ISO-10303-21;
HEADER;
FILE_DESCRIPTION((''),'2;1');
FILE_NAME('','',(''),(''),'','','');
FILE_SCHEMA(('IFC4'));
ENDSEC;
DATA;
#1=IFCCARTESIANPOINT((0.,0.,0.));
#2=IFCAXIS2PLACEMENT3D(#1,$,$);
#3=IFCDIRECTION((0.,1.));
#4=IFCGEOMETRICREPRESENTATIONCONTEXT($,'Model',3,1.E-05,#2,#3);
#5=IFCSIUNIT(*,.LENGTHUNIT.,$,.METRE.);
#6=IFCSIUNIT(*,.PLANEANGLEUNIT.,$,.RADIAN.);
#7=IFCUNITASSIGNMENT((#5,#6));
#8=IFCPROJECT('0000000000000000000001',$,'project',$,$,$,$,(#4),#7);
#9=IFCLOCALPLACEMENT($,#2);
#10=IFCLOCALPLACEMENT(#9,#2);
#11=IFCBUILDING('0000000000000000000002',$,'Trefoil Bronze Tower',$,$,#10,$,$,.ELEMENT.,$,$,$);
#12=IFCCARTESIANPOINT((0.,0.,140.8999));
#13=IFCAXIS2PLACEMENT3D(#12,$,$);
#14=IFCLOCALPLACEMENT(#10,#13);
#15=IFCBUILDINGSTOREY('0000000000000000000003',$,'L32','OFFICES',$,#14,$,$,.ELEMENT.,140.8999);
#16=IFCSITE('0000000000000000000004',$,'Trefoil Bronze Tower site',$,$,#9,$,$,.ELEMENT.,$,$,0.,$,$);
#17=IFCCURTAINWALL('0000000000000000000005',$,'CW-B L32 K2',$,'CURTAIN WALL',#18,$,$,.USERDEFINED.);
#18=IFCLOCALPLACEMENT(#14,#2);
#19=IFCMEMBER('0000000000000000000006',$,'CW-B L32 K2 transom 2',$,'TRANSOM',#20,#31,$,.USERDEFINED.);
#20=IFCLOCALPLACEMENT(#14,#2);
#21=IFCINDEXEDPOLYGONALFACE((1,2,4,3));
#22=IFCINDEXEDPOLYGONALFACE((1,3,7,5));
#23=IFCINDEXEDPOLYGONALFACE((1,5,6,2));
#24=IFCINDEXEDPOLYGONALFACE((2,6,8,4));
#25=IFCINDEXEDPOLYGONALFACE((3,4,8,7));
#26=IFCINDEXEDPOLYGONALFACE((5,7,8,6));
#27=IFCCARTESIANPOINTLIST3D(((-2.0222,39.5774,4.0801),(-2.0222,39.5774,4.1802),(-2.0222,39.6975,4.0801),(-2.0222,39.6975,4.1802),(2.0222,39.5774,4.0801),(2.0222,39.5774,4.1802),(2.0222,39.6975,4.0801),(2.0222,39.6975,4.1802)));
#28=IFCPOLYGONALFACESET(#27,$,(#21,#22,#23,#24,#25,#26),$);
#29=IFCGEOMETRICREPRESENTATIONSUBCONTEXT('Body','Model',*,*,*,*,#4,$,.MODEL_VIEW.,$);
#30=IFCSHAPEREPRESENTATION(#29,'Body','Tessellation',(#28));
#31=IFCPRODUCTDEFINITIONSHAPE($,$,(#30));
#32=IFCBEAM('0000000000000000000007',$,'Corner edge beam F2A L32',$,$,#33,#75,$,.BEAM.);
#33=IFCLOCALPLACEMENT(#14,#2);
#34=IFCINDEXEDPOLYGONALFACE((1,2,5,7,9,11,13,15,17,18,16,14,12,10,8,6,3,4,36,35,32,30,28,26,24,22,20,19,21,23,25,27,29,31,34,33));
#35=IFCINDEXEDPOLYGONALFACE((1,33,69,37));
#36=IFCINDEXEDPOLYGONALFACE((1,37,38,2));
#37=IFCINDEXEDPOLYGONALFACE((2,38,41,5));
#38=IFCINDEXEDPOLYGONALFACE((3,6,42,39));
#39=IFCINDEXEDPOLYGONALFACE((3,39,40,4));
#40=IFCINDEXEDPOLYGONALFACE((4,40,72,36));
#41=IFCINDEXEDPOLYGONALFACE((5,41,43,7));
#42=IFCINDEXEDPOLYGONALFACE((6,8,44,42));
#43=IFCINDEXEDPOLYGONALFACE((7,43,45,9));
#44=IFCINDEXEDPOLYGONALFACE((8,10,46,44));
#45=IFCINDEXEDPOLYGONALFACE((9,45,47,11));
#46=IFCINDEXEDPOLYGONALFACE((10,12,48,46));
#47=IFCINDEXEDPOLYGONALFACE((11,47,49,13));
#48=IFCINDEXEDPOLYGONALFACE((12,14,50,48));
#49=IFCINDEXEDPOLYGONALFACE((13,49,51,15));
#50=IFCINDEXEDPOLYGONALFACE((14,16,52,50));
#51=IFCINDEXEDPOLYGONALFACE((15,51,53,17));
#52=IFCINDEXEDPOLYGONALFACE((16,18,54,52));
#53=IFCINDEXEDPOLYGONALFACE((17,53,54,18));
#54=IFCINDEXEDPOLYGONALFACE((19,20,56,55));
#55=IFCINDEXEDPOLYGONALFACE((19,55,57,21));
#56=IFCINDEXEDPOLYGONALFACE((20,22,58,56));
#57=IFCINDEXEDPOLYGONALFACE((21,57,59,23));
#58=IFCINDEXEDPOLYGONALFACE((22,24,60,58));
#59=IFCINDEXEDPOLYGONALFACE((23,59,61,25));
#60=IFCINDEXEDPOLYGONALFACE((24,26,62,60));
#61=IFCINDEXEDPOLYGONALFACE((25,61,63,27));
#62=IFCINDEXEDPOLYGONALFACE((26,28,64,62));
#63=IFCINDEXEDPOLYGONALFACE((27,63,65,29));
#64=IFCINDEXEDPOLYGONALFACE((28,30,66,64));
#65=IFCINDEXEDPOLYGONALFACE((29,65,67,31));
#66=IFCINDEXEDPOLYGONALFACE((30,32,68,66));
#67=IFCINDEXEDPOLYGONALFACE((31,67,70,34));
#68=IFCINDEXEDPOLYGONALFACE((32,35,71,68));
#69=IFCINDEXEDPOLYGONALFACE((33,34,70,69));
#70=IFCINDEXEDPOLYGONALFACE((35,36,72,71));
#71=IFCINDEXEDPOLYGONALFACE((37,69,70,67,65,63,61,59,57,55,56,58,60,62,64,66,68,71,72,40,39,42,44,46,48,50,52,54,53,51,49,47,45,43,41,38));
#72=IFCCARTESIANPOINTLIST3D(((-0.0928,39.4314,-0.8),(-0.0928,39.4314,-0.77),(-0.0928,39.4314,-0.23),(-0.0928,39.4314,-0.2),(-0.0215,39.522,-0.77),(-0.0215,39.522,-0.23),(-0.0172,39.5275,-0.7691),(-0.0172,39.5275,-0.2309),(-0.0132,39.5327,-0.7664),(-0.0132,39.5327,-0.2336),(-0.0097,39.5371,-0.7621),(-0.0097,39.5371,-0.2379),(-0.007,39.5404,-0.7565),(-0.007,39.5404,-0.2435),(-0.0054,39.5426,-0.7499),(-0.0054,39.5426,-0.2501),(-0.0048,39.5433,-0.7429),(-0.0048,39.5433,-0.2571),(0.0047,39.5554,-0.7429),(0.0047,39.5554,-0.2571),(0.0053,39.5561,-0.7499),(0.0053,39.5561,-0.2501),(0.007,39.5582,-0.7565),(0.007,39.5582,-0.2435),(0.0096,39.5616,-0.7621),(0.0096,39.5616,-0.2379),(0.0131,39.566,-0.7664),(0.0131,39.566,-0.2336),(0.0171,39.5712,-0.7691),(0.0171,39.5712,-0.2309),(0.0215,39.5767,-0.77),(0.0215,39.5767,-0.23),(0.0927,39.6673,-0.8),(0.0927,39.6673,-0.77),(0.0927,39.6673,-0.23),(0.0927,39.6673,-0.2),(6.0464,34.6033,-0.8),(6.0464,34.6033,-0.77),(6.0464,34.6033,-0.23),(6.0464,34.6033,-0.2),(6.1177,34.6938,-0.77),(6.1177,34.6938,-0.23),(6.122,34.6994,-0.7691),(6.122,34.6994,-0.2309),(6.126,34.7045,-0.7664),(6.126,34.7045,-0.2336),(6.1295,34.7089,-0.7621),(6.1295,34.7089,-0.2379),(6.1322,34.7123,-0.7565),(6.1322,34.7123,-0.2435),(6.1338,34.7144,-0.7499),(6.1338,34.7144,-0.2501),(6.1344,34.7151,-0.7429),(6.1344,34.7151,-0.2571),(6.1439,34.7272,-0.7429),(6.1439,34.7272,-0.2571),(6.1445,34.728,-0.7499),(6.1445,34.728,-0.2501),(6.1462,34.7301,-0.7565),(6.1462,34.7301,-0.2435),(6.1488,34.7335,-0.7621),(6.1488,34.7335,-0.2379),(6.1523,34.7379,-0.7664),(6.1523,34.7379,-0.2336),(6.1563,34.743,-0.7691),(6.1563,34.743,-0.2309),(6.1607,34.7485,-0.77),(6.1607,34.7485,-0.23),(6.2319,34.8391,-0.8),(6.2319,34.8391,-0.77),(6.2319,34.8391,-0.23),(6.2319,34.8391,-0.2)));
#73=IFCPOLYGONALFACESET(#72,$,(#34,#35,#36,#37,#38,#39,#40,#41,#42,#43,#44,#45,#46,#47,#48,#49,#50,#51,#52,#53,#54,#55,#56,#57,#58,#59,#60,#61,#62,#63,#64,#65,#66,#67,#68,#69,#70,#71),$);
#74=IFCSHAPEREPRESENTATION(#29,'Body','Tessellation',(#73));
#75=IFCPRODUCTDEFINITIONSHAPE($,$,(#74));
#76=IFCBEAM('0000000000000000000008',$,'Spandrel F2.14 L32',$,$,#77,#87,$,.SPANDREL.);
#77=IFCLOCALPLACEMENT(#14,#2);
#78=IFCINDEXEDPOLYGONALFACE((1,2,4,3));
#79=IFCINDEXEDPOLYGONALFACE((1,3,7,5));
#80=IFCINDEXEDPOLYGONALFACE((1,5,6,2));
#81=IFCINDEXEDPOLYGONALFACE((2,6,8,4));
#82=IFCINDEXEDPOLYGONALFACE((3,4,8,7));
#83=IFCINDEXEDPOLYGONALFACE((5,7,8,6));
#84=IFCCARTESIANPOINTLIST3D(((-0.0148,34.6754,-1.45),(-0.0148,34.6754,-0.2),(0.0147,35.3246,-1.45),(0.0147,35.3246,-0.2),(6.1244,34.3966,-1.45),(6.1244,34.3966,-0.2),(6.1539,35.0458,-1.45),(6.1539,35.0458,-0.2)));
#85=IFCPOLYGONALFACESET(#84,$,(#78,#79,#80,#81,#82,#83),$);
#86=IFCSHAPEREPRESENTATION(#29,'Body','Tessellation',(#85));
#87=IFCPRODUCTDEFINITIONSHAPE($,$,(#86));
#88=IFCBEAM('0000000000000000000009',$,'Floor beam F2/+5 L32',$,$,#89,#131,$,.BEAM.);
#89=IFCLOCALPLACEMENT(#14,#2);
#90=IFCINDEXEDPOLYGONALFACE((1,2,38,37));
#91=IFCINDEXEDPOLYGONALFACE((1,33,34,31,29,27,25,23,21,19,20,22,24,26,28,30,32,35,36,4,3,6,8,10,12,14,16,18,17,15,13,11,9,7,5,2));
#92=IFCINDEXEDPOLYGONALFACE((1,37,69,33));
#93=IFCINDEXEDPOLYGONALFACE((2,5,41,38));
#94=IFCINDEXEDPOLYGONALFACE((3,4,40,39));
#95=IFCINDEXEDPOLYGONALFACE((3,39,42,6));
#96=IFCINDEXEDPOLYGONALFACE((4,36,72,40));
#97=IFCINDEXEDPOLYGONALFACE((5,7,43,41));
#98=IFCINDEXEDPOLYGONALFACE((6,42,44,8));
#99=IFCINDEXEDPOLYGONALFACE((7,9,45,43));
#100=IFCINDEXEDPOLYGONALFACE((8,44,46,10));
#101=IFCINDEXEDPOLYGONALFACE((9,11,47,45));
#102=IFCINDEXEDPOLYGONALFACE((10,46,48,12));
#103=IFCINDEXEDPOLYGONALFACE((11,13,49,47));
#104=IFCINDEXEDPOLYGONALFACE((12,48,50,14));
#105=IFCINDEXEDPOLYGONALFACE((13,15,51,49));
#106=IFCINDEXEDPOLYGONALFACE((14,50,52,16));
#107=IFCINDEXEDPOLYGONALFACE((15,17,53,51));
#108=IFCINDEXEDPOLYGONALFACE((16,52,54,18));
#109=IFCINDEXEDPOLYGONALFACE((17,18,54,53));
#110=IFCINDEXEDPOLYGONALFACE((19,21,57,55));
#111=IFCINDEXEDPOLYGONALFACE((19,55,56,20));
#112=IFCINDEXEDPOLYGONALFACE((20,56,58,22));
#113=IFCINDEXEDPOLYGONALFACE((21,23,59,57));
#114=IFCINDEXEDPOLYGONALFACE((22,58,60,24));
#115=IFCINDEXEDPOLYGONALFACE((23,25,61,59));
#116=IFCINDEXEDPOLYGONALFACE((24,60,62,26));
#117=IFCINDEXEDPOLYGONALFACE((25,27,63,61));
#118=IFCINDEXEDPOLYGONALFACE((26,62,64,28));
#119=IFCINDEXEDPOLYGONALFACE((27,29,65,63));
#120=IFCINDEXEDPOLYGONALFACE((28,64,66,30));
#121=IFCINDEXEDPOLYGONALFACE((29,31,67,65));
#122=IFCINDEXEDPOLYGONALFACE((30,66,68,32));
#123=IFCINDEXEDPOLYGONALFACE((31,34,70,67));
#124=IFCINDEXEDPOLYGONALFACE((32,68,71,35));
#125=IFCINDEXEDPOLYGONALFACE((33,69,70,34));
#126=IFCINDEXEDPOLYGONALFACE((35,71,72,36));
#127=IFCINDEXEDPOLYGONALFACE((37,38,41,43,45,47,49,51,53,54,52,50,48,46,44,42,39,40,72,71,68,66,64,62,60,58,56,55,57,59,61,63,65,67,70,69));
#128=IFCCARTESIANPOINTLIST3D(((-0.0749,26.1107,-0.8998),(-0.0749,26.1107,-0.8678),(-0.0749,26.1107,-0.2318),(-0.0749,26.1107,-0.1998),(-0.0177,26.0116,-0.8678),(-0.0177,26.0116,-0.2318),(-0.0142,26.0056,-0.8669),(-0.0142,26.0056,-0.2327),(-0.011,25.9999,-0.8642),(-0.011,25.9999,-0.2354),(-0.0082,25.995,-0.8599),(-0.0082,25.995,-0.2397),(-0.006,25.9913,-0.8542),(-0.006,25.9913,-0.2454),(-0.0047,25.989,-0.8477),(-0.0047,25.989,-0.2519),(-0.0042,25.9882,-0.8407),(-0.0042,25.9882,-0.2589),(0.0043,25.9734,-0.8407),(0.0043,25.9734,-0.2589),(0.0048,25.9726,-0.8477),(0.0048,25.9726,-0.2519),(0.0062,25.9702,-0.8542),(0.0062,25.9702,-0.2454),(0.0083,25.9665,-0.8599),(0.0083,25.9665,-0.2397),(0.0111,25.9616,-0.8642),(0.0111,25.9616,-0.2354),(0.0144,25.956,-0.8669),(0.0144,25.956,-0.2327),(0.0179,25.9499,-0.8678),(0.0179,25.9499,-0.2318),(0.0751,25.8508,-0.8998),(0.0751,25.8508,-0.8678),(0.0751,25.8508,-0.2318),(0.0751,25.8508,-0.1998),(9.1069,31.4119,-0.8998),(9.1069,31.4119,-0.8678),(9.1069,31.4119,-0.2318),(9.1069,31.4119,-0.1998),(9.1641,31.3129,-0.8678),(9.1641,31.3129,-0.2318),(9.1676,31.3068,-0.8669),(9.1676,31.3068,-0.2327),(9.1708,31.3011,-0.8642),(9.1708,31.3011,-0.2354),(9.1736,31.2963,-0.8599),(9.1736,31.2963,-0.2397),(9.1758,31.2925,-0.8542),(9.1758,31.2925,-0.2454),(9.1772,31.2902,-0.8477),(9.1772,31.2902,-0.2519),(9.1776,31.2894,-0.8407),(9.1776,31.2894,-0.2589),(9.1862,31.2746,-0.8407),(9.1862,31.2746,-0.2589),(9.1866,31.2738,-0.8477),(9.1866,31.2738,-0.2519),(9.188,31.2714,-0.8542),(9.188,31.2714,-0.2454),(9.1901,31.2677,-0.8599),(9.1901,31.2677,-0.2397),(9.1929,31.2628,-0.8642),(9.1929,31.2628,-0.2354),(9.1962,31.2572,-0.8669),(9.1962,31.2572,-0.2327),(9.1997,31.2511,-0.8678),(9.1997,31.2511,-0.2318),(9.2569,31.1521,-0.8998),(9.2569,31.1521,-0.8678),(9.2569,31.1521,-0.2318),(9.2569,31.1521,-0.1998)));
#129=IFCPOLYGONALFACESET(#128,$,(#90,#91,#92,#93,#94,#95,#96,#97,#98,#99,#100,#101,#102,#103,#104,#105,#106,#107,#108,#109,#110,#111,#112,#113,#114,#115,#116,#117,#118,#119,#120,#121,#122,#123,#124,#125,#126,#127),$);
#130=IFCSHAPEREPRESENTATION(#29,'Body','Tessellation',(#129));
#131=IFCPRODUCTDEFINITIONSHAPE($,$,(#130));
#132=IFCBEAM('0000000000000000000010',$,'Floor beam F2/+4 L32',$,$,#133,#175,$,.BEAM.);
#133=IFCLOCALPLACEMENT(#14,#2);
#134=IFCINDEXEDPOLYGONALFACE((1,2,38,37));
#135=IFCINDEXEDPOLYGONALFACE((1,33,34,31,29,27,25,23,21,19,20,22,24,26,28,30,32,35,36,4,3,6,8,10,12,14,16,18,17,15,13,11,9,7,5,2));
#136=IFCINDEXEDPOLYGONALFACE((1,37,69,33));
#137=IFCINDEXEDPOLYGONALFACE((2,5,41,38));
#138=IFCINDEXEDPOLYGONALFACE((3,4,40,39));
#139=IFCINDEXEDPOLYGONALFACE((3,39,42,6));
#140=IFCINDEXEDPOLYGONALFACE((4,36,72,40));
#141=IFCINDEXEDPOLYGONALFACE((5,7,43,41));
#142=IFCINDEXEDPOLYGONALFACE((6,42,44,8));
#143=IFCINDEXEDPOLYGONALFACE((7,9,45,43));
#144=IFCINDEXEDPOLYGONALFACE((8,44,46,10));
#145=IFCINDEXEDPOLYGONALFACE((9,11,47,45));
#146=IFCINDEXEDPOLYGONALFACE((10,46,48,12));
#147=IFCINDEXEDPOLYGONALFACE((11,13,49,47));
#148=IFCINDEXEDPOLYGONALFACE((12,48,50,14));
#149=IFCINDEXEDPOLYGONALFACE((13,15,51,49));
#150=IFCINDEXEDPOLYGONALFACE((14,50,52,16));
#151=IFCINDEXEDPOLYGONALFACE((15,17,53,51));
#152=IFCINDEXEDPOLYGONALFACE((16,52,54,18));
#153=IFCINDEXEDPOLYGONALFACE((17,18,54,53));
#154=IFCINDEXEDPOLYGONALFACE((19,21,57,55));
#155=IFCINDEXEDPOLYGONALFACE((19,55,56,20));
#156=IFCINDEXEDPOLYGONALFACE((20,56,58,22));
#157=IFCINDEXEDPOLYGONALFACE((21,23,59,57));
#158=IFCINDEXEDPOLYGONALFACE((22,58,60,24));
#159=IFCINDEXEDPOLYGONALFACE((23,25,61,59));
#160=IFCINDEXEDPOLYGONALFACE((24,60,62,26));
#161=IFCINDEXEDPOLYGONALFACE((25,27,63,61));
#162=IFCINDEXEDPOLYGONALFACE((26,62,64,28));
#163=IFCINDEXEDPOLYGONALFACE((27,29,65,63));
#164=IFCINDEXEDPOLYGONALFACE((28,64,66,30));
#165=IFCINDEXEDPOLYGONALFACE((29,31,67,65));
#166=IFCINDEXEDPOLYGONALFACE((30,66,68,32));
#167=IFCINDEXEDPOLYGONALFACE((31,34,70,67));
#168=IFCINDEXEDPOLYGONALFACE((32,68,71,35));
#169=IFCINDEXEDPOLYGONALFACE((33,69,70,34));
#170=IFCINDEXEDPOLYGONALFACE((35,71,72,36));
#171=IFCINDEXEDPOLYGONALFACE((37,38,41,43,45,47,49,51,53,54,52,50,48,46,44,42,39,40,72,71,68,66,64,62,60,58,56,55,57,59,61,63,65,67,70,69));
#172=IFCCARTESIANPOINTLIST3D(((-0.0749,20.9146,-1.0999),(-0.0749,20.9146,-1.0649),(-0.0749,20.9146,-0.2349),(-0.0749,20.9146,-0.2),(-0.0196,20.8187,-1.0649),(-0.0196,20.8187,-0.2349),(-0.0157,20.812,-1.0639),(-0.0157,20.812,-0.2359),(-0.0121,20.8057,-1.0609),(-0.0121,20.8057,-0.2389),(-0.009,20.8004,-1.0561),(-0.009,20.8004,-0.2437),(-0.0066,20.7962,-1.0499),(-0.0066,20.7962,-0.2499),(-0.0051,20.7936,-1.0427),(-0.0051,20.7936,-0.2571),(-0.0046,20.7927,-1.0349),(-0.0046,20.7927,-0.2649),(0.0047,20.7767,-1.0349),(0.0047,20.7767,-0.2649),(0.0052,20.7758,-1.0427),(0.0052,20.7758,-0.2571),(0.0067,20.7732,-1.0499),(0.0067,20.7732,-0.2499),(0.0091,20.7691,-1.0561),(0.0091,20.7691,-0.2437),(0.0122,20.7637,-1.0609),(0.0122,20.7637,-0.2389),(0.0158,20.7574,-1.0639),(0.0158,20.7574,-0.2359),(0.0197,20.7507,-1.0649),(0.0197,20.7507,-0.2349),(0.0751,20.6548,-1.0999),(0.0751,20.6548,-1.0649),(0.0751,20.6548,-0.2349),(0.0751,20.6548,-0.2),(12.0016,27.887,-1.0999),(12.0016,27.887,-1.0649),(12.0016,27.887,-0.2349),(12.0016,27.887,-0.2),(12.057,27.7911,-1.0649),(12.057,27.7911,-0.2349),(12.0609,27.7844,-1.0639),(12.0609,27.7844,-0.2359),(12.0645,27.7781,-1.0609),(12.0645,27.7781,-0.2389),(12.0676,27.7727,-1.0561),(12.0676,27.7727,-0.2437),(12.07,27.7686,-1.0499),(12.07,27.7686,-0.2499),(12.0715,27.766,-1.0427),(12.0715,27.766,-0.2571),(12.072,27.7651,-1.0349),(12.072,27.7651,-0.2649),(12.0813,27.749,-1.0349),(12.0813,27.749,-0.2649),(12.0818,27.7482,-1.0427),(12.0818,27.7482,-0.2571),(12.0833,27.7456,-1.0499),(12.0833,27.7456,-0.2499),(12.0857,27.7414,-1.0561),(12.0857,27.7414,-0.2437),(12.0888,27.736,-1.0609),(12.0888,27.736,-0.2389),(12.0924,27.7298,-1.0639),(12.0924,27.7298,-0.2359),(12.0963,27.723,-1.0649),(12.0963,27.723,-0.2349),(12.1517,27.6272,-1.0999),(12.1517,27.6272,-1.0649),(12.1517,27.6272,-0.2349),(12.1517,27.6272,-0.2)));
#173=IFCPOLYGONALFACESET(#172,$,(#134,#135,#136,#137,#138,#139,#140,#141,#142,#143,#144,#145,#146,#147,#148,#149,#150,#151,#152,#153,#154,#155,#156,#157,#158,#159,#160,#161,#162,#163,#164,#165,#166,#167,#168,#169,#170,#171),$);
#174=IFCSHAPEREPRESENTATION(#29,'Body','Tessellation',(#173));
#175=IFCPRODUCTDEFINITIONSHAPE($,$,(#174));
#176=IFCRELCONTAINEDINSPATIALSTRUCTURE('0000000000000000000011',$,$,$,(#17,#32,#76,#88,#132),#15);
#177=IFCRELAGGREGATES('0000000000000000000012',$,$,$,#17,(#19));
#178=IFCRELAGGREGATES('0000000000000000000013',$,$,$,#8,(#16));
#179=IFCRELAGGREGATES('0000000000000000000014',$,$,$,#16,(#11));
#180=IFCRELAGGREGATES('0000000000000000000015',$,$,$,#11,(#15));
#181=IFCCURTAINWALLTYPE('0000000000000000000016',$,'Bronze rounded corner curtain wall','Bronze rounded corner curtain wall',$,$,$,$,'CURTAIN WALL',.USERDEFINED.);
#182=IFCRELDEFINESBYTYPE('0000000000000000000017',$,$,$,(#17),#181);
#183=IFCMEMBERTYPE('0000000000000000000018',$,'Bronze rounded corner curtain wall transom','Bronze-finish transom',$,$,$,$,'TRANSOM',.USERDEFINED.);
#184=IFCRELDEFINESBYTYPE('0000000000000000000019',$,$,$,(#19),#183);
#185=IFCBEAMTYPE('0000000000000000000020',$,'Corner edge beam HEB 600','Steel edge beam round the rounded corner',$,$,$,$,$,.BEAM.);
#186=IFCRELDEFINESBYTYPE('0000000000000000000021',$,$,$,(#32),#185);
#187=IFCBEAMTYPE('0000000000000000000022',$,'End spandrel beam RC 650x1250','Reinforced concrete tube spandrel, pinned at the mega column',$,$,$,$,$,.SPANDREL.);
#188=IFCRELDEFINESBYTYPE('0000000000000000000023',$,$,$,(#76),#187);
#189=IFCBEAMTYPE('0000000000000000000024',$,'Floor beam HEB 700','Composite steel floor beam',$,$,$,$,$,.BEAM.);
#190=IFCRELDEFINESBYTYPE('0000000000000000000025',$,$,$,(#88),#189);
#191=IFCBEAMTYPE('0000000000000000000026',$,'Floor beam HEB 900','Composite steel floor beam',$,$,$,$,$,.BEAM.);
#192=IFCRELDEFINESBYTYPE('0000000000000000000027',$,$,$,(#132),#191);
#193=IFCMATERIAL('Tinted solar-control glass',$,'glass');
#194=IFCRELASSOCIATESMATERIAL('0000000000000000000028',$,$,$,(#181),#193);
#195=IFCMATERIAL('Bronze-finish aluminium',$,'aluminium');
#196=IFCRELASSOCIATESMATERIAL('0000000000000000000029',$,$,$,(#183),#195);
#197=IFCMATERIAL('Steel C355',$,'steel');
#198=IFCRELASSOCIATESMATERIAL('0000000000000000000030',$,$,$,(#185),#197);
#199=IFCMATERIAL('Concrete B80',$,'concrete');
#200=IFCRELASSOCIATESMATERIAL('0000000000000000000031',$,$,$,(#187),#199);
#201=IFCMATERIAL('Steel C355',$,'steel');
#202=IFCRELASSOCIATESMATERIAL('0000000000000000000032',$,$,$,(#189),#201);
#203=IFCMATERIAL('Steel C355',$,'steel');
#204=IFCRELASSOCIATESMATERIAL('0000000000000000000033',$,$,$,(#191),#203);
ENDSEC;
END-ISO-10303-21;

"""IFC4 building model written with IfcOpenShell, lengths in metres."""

from ifc_helpers import new_model, si_unit, direction, frame, origin, origin_2d, place, context, subcontext, project, spatial, rectangle, i_section, extrude, material, material_profile, profile_set, type_object, element, aggregate, save


model = new_model("IFC4")

# Units and contexts
model_context = context("Model", 3, precision=1e-05, world=origin(), true_north=direction((0.0, 1.0)))
body_context = subcontext(model_context, "Body", "Model", "MODEL_VIEW")
ifc_project = project(units=[si_unit("LENGTHUNIT", "METRE"), si_unit("PLANEANGLEUNIT", "RADIAN")], contexts=[model_context])

# Site, building, storey
site_placement = place(None, origin())
site = spatial("IfcSite", under=ifc_project, at=site_placement, Name="Trefoil Bronze Tower site", CompositionType="ELEMENT", RefElevation=0.0)
building_placement = place(site_placement, origin())
building = spatial("IfcBuilding", under=site, at=building_placement, Name="Trefoil Bronze Tower", CompositionType="ELEMENT")
storey_placement = place(building_placement, frame((0.0, 0.0, 140.8999)))
storey = spatial("IfcBuildingStorey", under=building, at=storey_placement, Name="L32", Description="OFFICES", CompositionType="ELEMENT", Elevation=140.8999)

# Curtain wall, member
ifc_material_1 = material(Name="Tinted solar-control glass", Category="glass")
curtain_wall_type_1 = type_object("IfcCurtainWallType", Name="Bronze rounded corner curtain wall", Description="Bronze rounded corner curtain wall", ElementType="CURTAIN WALL", PredefinedType="USERDEFINED", material=ifc_material_1)
curtain_wall_1_placement = place(storey_placement, origin())
curtain_wall_1 = element("IfcCurtainWall", 1, at=curtain_wall_1_placement, inside=storey, type_object=curtain_wall_type_1, Name="CW-B L32 K2", ObjectType="CURTAIN WALL", PredefinedType="USERDEFINED")
ifc_material_2 = material(Name="Bronze-finish aluminium", Category="aluminium")
ifc_material_profile_1 = material_profile(ifc_material_2, rectangle(XDim=0.1201, YDim=0.1001, at=origin_2d()), Name="CW-B transom")
ifc_profile_set_1 = profile_set([ifc_material_profile_1], Name="Bronze-finish aluminium")
member_type_1 = type_object("IfcMemberType", Name="Bronze rounded corner curtain wall transom", Description="Bronze-finish transom", ElementType="TRANSOM", PredefinedType="USERDEFINED", material=ifc_profile_set_1)
member_1_placement = place(storey_placement, frame((2.0222, 39.6375, 4.1301), z_axis=(-1.0, 0.0, 0.0), x_axis=(0.0, -1.0, 0.0)))
member_1 = element("IfcMember", 2, at=member_1_placement, type_object=member_type_1, Name="CW-B L32 K2 transom 2", ObjectType="TRANSOM", PredefinedType="USERDEFINED", context=body_context, shape_type="SweptSolid", body=[
    extrude(rectangle(XDim=0.1201, YDim=0.1001, at=origin_2d()), origin(), (0.0, 0.0, 1.0), 4.0444),
])

# Beams
ifc_material_3 = material(Name="Steel C355", Category="steel")
ifc_material_profile_2 = material_profile(ifc_material_3, i_section(OverallWidth=0.3, OverallDepth=0.6001, WebThickness=0.0154, FlangeThickness=0.03, FilletRadius=0.0271, at=origin_2d()), Name="HEB 600")
ifc_profile_set_2 = profile_set([ifc_material_profile_2], Name="Steel C355")
beam_type_1 = type_object("IfcBeamType", Name="Corner edge beam HEB 600", Description="Steel edge beam round the rounded corner", PredefinedType="BEAM", material=ifc_profile_set_2)
beam_1_placement = place(storey_placement, frame((6.1392, 34.7212, -0.5), z_axis=(-0.786038, 0.618178, 0.0), x_axis=(-0.618178, -0.786038, 0.0)))
element("IfcBeam", 3, at=beam_1_placement, inside=storey, type_object=beam_type_1, Name="Corner edge beam F2A L32", PredefinedType="BEAM", context=body_context, shape_type="SweptSolid", body=[
    extrude(i_section(OverallWidth=0.3, OverallDepth=0.6001, WebThickness=0.0154, FlangeThickness=0.03, FilletRadius=0.0271, at=origin_2d()), origin(), (0.0, 0.0, 1.0), 7.8103),
])
ifc_material_4 = material(Name="Concrete B80", Category="concrete")
ifc_material_profile_3 = material_profile(ifc_material_4, rectangle(XDim=0.6499, YDim=1.25, at=origin_2d()), Name="RC 650x1250")
ifc_profile_set_3 = profile_set([ifc_material_profile_3], Name="Concrete B80")
beam_type_2 = type_object("IfcBeamType", Name="End spandrel beam RC 650x1250", Description="Reinforced concrete tube spandrel, pinned at the mega column", PredefinedType="SPANDREL", material=ifc_profile_set_3)
beam_2_placement = place(storey_placement, frame((6.1392, 34.7212, -0.825), z_axis=(-0.99897, 0.045368, 0.0), x_axis=(-0.045368, -0.99897, 0.0)))
element("IfcBeam", 4, at=beam_2_placement, inside=storey, type_object=beam_type_2, Name="Spandrel F2.14 L32", PredefinedType="SPANDREL", context=body_context, shape_type="SweptSolid", body=[
    extrude(rectangle(XDim=0.6499, YDim=1.25, at=origin_2d()), origin(), (0.0, 0.0, 1.0), 6.1455),
])
ifc_material_5 = material(Name="Steel C355", Category="steel")
ifc_material_profile_4 = material_profile(ifc_material_5, i_section(OverallWidth=0.3, OverallDepth=0.7, WebThickness=0.0171, FlangeThickness=0.032, FilletRadius=0.0271, at=origin_2d()), Name="HEB 700")
ifc_profile_set_4 = profile_set([ifc_material_profile_4], Name="Steel C355")
beam_type_3 = type_object("IfcBeamType", Name="Floor beam HEB 700", Description="Composite steel floor beam", PredefinedType="BEAM", material=ifc_profile_set_4)
beam_3_placement = place(storey_placement, frame((9.1819, 31.282, -0.5498), z_axis=(-0.866021, -0.500007, 0.0), x_axis=(0.500007, -0.866021, 0.0)))
element("IfcBeam", 5, at=beam_3_placement, inside=storey, type_object=beam_type_3, Name="Floor beam F2/+5 L32", PredefinedType="BEAM", context=body_context, shape_type="SweptSolid", body=[
    extrude(i_section(OverallWidth=0.3, OverallDepth=0.7, WebThickness=0.0171, FlangeThickness=0.032, FilletRadius=0.0271, at=origin_2d()), origin(), (0.0, 0.0, 1.0), 10.6023),
])
ifc_material_6 = material(Name="Steel C355", Category="steel")
ifc_material_profile_5 = material_profile(ifc_material_6, i_section(OverallWidth=0.3, OverallDepth=0.8999, WebThickness=0.0186, FlangeThickness=0.0349, FilletRadius=0.03, at=origin_2d()), Name="HEB 900")
ifc_profile_set_5 = profile_set([ifc_material_profile_5], Name="Steel C355")
beam_type_4 = type_object("IfcBeamType", Name="Floor beam HEB 900", Description="Composite steel floor beam", PredefinedType="BEAM", material=ifc_profile_set_5)
beam_4_placement = place(storey_placement, frame((12.0767, 27.7571, -0.6499), z_axis=(-0.866027, -0.499997, 0.0), x_axis=(0.499997, -0.866027, 0.0)))
element("IfcBeam", 6, at=beam_4_placement, inside=storey, type_object=beam_type_4, Name="Floor beam F2/+4 L32", PredefinedType="BEAM", context=body_context, shape_type="SweptSolid", body=[
    extrude(i_section(OverallWidth=0.3, OverallDepth=0.8999, WebThickness=0.0186, FlangeThickness=0.0349, FilletRadius=0.03, at=origin_2d()), origin(), (0.0, 0.0, 1.0), 13.9448),
])

aggregate(curtain_wall_1, [member_1])

save(model, "model.ifc")
